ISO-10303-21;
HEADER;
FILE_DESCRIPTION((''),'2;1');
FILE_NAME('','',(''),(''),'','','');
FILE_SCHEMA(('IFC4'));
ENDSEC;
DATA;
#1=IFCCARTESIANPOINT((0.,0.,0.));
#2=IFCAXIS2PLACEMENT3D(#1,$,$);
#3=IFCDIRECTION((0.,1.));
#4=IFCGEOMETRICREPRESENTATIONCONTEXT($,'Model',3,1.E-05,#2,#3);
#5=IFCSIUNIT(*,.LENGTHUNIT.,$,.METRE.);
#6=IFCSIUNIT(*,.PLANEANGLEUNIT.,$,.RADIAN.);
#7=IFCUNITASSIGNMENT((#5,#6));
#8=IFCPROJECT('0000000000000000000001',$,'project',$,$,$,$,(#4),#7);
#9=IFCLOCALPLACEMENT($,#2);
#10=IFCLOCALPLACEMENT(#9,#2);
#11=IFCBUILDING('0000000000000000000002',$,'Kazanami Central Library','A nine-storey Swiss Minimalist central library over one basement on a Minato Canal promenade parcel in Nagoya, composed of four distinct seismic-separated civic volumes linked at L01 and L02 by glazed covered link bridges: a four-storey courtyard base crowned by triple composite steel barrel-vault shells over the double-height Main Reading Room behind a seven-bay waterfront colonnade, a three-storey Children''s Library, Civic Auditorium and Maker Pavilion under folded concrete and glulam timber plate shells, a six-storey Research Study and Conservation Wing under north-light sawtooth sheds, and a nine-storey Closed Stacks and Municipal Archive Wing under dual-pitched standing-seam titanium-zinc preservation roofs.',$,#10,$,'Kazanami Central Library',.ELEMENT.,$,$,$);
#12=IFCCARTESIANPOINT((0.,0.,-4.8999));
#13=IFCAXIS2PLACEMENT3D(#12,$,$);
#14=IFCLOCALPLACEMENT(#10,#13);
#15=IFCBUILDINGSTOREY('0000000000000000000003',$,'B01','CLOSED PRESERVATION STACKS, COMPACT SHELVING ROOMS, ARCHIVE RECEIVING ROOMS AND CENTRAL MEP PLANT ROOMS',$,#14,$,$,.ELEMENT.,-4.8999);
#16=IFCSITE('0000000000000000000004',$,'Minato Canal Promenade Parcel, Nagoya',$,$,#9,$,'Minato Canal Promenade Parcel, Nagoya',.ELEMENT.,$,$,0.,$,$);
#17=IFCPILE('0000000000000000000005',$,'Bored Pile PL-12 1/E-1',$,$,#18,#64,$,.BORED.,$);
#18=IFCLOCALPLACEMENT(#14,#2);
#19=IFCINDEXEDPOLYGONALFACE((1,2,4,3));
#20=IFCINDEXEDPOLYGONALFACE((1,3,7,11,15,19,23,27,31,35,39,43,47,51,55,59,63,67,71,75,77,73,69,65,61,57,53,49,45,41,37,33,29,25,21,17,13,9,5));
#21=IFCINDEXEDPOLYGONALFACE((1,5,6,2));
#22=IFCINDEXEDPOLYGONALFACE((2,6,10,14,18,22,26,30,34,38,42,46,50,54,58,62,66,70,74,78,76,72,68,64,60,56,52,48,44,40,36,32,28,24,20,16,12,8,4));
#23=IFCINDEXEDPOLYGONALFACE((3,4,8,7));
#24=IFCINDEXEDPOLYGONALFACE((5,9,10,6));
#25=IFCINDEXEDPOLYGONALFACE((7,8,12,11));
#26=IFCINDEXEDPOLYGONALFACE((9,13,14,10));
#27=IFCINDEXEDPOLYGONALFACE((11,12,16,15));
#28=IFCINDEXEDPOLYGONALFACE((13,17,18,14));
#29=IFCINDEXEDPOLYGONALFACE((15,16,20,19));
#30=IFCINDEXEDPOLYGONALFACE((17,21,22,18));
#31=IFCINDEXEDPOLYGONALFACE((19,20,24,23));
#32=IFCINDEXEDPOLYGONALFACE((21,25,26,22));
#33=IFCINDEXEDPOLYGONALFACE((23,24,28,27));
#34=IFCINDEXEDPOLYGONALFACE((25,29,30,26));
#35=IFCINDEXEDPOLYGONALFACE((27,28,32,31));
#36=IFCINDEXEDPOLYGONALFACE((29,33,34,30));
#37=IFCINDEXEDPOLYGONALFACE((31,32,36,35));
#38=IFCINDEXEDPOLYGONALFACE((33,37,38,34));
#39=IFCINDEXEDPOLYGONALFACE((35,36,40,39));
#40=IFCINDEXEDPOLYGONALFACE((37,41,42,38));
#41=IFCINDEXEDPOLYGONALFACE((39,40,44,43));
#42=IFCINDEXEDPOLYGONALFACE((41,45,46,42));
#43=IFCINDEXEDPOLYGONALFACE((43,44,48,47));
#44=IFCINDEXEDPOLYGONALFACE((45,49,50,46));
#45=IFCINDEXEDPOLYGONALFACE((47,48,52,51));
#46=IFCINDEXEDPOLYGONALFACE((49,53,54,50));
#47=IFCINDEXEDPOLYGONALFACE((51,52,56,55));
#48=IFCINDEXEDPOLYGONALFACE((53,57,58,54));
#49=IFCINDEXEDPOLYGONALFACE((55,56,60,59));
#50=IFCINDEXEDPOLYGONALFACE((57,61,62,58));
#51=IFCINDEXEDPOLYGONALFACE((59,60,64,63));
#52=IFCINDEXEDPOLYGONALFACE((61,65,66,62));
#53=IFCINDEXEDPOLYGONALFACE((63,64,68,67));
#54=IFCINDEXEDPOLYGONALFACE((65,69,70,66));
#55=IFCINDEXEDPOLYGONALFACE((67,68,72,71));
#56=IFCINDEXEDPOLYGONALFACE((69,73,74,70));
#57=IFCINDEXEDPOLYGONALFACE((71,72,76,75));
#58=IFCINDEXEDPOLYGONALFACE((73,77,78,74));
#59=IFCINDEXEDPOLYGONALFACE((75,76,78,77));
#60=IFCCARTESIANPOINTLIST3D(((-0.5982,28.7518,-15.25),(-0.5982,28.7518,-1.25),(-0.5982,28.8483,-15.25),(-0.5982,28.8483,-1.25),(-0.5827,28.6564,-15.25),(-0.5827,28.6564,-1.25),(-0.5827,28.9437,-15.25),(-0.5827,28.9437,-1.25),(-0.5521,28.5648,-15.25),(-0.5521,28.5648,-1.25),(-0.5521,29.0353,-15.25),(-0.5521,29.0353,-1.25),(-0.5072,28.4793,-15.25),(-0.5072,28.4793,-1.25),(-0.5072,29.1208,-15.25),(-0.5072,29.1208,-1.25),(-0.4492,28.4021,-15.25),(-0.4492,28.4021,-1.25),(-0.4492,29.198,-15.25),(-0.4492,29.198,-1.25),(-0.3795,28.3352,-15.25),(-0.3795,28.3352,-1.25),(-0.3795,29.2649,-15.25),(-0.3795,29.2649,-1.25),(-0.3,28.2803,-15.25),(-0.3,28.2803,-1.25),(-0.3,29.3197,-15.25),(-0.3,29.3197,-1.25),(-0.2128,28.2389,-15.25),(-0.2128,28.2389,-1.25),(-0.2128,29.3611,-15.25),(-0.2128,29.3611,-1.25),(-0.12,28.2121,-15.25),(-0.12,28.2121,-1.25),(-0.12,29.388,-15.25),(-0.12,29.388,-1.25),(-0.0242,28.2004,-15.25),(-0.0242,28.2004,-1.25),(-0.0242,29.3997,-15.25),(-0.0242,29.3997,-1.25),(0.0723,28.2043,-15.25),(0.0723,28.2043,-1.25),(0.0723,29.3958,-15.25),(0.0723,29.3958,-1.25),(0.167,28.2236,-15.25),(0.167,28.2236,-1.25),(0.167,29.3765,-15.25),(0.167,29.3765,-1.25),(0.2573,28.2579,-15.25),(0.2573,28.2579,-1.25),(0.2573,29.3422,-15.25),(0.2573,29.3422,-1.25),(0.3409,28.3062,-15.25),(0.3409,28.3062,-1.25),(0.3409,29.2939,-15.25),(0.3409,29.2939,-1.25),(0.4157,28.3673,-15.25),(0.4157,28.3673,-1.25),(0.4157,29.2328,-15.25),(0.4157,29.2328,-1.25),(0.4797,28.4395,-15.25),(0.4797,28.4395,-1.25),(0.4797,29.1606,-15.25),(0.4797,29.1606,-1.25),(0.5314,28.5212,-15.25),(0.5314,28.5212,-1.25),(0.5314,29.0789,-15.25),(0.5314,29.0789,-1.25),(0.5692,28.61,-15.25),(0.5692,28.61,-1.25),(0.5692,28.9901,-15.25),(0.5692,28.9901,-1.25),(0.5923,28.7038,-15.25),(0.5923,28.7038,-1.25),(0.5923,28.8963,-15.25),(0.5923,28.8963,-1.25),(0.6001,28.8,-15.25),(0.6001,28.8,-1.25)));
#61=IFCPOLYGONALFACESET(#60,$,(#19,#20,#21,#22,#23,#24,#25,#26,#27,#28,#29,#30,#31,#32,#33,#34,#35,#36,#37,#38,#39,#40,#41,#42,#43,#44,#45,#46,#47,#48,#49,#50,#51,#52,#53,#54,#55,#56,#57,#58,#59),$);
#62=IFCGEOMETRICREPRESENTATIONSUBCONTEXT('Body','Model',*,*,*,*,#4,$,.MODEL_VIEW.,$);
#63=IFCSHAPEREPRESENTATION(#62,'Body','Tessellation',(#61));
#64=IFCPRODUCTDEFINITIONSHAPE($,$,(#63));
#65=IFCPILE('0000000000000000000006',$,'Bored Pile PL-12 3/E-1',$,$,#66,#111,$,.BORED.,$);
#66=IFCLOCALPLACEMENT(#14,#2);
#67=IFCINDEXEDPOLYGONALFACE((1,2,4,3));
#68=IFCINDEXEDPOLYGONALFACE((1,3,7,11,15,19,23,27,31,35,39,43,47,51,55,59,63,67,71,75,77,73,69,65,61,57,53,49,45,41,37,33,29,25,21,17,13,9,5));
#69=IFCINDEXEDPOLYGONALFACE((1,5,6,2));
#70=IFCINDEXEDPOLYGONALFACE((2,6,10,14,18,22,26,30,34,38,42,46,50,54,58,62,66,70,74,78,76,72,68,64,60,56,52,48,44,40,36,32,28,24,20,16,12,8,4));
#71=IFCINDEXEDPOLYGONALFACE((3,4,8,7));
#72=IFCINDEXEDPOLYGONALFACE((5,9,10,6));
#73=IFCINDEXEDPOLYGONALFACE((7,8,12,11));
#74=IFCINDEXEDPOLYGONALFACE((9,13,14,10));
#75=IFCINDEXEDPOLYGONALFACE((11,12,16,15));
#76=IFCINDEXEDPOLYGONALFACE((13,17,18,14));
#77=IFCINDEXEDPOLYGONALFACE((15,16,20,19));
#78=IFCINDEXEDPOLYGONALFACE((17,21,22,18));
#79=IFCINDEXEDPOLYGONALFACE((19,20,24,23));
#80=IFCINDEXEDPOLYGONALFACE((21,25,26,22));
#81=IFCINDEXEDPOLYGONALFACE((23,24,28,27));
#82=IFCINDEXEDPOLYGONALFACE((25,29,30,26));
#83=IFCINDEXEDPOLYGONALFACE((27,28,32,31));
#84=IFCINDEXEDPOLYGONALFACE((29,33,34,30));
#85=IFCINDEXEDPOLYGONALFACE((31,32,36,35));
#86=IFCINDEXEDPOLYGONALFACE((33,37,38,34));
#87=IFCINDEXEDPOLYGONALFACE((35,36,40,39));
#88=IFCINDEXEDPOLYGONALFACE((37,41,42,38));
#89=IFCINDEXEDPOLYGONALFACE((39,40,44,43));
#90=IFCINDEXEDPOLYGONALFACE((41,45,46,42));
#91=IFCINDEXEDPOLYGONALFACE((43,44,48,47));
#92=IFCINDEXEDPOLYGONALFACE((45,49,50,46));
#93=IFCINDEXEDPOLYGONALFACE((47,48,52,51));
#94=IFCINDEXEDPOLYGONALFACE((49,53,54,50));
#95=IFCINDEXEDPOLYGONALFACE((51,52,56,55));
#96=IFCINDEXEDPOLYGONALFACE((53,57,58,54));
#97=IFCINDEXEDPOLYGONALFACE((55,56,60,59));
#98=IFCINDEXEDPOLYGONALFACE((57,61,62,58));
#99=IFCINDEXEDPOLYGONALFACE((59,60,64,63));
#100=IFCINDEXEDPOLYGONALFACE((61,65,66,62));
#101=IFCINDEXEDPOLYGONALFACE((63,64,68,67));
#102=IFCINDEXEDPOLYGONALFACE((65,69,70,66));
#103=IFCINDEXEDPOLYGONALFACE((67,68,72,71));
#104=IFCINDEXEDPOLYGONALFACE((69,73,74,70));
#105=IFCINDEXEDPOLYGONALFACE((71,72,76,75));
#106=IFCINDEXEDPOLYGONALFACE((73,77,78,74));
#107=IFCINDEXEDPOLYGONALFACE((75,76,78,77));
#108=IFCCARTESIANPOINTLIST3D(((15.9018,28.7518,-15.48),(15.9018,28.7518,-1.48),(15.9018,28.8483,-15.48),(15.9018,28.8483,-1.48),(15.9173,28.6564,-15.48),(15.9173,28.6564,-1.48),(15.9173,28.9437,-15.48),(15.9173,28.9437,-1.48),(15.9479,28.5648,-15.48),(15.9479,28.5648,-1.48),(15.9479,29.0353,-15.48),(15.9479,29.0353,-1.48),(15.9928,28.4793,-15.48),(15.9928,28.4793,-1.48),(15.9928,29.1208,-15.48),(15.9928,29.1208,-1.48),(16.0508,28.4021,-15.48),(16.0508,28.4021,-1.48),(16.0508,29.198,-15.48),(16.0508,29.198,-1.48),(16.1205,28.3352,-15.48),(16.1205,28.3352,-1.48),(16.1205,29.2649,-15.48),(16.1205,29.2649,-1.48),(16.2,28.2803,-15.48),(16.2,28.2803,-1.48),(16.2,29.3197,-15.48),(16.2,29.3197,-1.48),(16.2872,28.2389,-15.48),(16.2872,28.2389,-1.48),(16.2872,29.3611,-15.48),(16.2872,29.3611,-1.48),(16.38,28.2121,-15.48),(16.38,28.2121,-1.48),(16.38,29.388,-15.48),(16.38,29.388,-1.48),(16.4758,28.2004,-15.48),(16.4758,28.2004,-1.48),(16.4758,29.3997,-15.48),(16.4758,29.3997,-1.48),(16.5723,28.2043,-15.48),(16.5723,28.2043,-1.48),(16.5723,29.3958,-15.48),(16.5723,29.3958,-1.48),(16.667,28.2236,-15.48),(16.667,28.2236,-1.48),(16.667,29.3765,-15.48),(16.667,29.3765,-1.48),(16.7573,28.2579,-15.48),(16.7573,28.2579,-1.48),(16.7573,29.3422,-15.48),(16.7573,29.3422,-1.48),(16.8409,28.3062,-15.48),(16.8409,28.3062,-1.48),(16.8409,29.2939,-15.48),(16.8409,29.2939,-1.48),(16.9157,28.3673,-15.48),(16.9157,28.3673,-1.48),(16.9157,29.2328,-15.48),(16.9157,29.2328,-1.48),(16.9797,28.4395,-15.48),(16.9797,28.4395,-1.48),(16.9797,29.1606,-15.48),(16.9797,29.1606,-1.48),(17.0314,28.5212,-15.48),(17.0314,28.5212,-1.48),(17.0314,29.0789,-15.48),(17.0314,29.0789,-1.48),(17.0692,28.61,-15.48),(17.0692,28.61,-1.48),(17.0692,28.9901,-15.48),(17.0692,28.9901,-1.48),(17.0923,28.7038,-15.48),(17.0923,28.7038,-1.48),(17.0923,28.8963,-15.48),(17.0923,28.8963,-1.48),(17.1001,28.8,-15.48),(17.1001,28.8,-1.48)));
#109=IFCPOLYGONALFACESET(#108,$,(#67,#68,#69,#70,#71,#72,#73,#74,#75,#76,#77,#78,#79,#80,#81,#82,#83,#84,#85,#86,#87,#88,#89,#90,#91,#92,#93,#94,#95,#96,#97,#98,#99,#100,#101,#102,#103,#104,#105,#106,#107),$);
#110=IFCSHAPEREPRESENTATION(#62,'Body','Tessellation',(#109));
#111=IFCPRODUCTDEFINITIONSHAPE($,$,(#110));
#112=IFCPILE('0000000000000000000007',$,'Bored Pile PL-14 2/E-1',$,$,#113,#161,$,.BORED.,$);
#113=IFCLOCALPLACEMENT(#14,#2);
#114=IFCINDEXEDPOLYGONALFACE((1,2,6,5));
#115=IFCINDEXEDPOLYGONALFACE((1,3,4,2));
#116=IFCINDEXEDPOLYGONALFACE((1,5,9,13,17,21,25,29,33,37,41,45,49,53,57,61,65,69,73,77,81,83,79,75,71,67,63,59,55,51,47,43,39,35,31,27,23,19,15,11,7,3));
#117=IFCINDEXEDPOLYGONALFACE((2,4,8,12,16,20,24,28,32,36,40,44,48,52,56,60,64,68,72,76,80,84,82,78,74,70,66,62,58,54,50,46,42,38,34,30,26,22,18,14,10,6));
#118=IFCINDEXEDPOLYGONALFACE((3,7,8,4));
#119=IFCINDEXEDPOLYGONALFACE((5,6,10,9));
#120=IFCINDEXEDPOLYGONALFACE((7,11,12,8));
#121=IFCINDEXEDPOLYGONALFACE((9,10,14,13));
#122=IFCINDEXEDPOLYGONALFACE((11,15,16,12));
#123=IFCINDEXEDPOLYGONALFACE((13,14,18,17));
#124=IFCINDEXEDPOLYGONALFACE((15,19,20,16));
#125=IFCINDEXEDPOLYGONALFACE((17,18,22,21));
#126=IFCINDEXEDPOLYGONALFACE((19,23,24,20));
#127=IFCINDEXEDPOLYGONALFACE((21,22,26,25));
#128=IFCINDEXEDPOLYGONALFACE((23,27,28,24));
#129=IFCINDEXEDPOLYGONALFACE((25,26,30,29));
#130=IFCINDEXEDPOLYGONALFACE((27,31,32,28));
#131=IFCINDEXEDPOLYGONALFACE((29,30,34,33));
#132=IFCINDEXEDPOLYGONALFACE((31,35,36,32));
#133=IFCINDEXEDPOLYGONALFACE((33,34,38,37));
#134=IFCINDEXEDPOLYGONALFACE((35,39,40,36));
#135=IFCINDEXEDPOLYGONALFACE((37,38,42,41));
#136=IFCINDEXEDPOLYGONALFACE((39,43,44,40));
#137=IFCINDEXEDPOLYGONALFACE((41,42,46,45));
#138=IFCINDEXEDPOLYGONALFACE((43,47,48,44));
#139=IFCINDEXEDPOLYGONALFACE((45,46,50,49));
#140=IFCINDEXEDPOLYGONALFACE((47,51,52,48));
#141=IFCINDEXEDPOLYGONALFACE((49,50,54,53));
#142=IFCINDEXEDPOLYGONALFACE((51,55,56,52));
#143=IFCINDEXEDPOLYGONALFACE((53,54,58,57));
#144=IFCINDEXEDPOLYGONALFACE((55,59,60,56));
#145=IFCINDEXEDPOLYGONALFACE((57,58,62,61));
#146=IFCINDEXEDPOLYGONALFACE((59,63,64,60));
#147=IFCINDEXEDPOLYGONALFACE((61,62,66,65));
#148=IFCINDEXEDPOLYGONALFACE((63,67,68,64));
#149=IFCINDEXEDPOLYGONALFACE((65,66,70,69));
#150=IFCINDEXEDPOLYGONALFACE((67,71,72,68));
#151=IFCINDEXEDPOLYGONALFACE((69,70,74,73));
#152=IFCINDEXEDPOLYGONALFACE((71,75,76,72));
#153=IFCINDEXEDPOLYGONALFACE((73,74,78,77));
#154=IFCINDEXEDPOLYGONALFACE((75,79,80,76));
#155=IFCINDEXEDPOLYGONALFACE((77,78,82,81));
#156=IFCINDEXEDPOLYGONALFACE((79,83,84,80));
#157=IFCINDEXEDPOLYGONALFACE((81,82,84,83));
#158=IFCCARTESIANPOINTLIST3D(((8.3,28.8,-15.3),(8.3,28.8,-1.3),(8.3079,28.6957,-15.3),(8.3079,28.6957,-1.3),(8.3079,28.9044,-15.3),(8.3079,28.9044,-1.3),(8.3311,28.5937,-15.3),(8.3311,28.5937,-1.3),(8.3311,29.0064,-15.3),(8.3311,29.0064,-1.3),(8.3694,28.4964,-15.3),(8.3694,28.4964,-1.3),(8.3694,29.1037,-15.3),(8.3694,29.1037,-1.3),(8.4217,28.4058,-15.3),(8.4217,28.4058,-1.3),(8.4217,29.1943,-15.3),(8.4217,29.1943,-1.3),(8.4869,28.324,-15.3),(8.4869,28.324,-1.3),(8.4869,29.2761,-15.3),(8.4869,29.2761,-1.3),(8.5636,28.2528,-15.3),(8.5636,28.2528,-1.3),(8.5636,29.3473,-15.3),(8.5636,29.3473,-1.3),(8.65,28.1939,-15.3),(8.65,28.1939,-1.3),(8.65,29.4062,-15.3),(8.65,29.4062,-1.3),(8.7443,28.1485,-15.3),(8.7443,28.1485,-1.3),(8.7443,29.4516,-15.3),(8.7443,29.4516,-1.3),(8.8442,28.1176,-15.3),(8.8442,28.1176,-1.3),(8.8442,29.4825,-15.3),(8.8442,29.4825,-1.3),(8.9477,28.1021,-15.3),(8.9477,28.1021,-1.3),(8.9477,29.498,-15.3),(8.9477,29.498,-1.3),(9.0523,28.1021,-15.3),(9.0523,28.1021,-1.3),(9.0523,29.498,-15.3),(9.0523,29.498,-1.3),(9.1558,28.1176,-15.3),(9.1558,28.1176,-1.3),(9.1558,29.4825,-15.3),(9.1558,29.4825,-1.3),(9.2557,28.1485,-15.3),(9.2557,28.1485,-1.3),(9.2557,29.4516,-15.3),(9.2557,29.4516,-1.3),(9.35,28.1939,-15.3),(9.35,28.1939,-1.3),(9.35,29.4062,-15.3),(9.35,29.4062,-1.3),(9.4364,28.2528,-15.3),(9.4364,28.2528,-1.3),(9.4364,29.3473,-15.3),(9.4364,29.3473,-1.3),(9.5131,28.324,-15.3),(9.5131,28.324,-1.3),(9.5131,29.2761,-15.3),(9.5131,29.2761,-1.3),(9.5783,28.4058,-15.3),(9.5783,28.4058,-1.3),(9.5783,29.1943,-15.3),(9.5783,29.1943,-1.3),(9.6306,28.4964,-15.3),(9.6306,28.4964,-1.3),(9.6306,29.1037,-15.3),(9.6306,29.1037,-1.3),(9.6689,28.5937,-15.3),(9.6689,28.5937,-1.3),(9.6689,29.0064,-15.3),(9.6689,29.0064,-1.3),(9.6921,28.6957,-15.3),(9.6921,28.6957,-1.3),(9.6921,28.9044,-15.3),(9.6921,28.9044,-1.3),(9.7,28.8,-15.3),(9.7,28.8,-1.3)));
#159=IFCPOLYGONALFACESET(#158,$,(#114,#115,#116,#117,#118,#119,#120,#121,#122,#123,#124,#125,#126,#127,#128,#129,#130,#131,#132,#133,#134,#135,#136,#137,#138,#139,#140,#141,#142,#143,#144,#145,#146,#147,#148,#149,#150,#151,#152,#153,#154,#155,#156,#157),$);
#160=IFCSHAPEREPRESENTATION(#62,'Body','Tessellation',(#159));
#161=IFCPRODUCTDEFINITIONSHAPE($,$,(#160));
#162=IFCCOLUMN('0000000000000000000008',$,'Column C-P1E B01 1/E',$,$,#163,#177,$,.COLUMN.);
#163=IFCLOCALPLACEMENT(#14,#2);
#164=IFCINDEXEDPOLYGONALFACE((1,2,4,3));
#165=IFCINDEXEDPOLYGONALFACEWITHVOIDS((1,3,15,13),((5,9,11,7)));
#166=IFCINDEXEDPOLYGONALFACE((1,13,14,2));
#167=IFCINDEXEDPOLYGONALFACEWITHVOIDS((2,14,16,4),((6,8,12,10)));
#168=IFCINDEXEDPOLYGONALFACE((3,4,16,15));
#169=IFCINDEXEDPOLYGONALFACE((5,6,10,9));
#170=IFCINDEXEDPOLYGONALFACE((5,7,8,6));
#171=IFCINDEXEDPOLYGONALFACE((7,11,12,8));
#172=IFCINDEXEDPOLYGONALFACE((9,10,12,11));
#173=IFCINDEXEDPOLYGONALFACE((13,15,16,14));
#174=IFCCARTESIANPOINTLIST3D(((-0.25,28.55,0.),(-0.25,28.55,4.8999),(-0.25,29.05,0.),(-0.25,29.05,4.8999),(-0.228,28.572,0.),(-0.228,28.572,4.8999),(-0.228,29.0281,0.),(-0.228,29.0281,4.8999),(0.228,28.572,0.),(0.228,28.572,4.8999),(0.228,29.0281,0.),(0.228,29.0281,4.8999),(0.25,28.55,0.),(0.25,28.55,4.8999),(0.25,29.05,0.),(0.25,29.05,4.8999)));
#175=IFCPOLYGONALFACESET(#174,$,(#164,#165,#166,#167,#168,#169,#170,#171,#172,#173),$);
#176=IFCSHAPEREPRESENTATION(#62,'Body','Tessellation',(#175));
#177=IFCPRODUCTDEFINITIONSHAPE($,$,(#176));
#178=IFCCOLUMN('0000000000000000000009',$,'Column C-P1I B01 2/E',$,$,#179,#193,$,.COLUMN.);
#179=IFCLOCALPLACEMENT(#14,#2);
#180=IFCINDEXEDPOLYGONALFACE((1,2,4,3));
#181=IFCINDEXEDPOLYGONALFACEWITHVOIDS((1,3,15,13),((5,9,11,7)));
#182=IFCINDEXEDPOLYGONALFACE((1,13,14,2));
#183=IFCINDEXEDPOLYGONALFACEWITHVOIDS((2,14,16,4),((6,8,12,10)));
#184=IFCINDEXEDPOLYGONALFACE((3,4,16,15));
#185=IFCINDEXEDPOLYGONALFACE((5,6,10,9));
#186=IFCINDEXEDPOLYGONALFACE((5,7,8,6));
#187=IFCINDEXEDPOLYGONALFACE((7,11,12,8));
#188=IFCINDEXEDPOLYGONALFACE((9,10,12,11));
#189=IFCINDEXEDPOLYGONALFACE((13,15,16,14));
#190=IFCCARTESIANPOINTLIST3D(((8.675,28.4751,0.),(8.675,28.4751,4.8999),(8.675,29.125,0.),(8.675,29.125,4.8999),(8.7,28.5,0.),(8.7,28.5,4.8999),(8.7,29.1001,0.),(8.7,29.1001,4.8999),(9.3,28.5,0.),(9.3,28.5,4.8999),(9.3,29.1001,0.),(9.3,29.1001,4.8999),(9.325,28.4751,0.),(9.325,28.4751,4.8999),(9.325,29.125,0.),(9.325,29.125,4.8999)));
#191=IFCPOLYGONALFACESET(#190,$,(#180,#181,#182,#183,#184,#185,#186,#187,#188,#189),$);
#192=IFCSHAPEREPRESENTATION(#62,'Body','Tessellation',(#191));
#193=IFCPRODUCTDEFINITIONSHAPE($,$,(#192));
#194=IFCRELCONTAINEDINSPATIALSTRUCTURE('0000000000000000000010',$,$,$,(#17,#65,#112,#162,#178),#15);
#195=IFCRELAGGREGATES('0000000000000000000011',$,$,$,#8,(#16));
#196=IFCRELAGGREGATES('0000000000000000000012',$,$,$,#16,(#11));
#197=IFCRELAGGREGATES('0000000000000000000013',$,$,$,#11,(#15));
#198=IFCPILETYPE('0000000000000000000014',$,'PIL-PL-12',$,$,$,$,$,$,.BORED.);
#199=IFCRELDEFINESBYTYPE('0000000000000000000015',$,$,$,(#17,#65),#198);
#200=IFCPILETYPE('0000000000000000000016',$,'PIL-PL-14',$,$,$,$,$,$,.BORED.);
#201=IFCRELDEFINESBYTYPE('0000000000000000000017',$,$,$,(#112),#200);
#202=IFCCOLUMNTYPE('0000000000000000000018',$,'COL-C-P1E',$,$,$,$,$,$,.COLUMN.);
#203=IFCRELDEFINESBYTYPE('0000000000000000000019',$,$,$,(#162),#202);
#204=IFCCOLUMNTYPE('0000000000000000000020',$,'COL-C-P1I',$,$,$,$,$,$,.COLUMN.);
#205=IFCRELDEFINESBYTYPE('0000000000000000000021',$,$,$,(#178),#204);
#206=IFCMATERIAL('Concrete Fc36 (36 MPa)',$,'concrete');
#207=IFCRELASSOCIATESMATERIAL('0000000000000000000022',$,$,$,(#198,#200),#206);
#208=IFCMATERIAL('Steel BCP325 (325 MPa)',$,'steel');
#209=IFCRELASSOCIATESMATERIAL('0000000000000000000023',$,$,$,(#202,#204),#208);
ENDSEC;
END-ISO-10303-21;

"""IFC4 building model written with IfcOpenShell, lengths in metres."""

from ifc_helpers import new_model, si_unit, direction, frame, origin, origin_2d, place, context, subcontext, project, spatial, hollow_rectangle, circle, extrude, material, material_profile, profile_set, type_object, element, save


model = new_model("IFC4")

# Units and contexts
model_context = context("Model", 3, precision=1e-05, world=origin(), true_north=direction((0.0, 1.0)))
body_context = subcontext(model_context, "Body", "Model", "MODEL_VIEW")
ifc_project = project(units=[si_unit("LENGTHUNIT", "METRE"), si_unit("PLANEANGLEUNIT", "RADIAN")], contexts=[model_context])

# Site, building, storey
site_placement = place(None, origin())
site = spatial("IfcSite", under=ifc_project, at=site_placement, Name="Minato Canal Promenade Parcel, Nagoya", LongName="Minato Canal Promenade Parcel, Nagoya", CompositionType="ELEMENT", RefElevation=0.0)
building_placement = place(site_placement, origin())
building = spatial("IfcBuilding", under=site, at=building_placement, Name="Kazanami Central Library", Description="A nine-storey Swiss Minimalist central library over one basement on a Minato Canal promenade parcel in Nagoya, composed of four distinct seismic-separated civic volumes linked at L01 and L02 by glazed covered link bridges: a four-storey courtyard base crowned by triple composite steel barrel-vault shells over the double-height Main Reading Room behind a seven-bay waterfront colonnade, a three-storey Children's Library, Civic Auditorium and Maker Pavilion under folded concrete and glulam timber plate shells, a six-storey Research Study and Conservation Wing under north-light sawtooth sheds, and a nine-storey Closed Stacks and Municipal Archive Wing under dual-pitched standing-seam titanium-zinc preservation roofs.", LongName="Kazanami Central Library", CompositionType="ELEMENT")
storey_placement = place(building_placement, frame((0.0, 0.0, -4.8999)))
storey = spatial("IfcBuildingStorey", under=building, at=storey_placement, Name="B01", Description="CLOSED PRESERVATION STACKS, COMPACT SHELVING ROOMS, ARCHIVE RECEIVING ROOMS AND CENTRAL MEP PLANT ROOMS", CompositionType="ELEMENT", Elevation=-4.8999)

# Shared definitions
ifc_material_1 = material(Name="Concrete Fc36 (36 MPa)", Category="concrete")

# Piles
ifc_material_profile_1 = material_profile(ifc_material_1, circle(Radius=0.6001, at=origin_2d()), Name="BORED-D1200")
ifc_profile_set_1 = profile_set([ifc_material_profile_1], Name="Concrete Fc36 (36 MPa)")
pile_type_1 = type_object("IfcPileType", Name="PIL-PL-12", PredefinedType="BORED", material=ifc_profile_set_1)
for number, where, z_axis, x_axis, name in (
    (1, (0.0, 28.8, -1.25), (0.0, 0.0, -1.0), (1.0, 0.0, 0.0), "Bored Pile PL-12 1/E-1"),
    (2, (16.5, 28.8, -1.48), (0.0, 0.0, -1.0), (1.0, 0.0, 0.0), "Bored Pile PL-12 3/E-1"),
):
    element("IfcPile", number, at=place(storey_placement, frame(where, z_axis=z_axis, x_axis=x_axis)), inside=storey, type_object=pile_type_1, Name=name, PredefinedType="BORED", context=body_context, shape_type="SweptSolid", body=[
        extrude(circle(Radius=0.6001, at=origin_2d()), origin(), (0.0, 0.0, 1.0), 14.0),
    ])
ifc_material_profile_2 = material_profile(ifc_material_1, circle(Radius=0.7, at=origin_2d()), Name="BORED-D1400")
ifc_profile_set_2 = profile_set([ifc_material_profile_2], Name="Concrete Fc36 (36 MPa)")
pile_type_2 = type_object("IfcPileType", Name="PIL-PL-14", PredefinedType="BORED", material=ifc_profile_set_2)
pile_placement = place(storey_placement, frame((9.0, 28.8, -1.3), z_axis=(0.0, 0.0, -1.0), x_axis=(1.0, 0.0, 0.0)))
element("IfcPile", 3, at=pile_placement, inside=storey, type_object=pile_type_2, Name="Bored Pile PL-14 2/E-1", PredefinedType="BORED", context=body_context, shape_type="SweptSolid", body=[
    extrude(circle(Radius=0.7, at=origin_2d()), origin(), (0.0, 0.0, 1.0), 14.0),
])

# Columns
ifc_material_2 = material(Name="Steel BCP325 (325 MPa)", Category="steel")
ifc_material_profile_3 = material_profile(ifc_material_2, hollow_rectangle(XDim=0.5, YDim=0.5, WallThickness=0.022, at=origin_2d()), Name="BCP-500x500x22")
ifc_profile_set_3 = profile_set([ifc_material_profile_3], Name="Steel BCP325 (325 MPa)")
column_type_1 = type_object("IfcColumnType", Name="COL-C-P1E", PredefinedType="COLUMN", material=ifc_profile_set_3)
column_1_placement = place(storey_placement, frame((0.0, 28.8, 0.0), z_axis=(0.0, 0.0, 1.0), x_axis=(1.0, 0.0, 0.0)))
element("IfcColumn", 4, at=column_1_placement, inside=storey, type_object=column_type_1, Name="Column C-P1E B01 1/E", PredefinedType="COLUMN", context=body_context, shape_type="SweptSolid", body=[
    extrude(hollow_rectangle(XDim=0.5, YDim=0.5, WallThickness=0.022, at=origin_2d()), origin(), (0.0, 0.0, 1.0), 4.8999),
])
ifc_material_profile_4 = material_profile(ifc_material_2, hollow_rectangle(XDim=0.6499, YDim=0.6499, WallThickness=0.0249, at=origin_2d()), Name="BCP-650x650x25")
ifc_profile_set_4 = profile_set([ifc_material_profile_4], Name="Steel BCP325 (325 MPa)")
column_type_2 = type_object("IfcColumnType", Name="COL-C-P1I", PredefinedType="COLUMN", material=ifc_profile_set_4)
column_2_placement = place(storey_placement, frame((9.0, 28.8, 0.0), z_axis=(0.0, 0.0, 1.0), x_axis=(1.0, 0.0, 0.0)))
element("IfcColumn", 5, at=column_2_placement, inside=storey, type_object=column_type_2, Name="Column C-P1I B01 2/E", PredefinedType="COLUMN", context=body_context, shape_type="SweptSolid", body=[
    extrude(hollow_rectangle(XDim=0.6499, YDim=0.6499, WallThickness=0.0249, at=origin_2d()), origin(), (0.0, 0.0, 1.0), 4.8999),
])

save(model, "model.ifc")
